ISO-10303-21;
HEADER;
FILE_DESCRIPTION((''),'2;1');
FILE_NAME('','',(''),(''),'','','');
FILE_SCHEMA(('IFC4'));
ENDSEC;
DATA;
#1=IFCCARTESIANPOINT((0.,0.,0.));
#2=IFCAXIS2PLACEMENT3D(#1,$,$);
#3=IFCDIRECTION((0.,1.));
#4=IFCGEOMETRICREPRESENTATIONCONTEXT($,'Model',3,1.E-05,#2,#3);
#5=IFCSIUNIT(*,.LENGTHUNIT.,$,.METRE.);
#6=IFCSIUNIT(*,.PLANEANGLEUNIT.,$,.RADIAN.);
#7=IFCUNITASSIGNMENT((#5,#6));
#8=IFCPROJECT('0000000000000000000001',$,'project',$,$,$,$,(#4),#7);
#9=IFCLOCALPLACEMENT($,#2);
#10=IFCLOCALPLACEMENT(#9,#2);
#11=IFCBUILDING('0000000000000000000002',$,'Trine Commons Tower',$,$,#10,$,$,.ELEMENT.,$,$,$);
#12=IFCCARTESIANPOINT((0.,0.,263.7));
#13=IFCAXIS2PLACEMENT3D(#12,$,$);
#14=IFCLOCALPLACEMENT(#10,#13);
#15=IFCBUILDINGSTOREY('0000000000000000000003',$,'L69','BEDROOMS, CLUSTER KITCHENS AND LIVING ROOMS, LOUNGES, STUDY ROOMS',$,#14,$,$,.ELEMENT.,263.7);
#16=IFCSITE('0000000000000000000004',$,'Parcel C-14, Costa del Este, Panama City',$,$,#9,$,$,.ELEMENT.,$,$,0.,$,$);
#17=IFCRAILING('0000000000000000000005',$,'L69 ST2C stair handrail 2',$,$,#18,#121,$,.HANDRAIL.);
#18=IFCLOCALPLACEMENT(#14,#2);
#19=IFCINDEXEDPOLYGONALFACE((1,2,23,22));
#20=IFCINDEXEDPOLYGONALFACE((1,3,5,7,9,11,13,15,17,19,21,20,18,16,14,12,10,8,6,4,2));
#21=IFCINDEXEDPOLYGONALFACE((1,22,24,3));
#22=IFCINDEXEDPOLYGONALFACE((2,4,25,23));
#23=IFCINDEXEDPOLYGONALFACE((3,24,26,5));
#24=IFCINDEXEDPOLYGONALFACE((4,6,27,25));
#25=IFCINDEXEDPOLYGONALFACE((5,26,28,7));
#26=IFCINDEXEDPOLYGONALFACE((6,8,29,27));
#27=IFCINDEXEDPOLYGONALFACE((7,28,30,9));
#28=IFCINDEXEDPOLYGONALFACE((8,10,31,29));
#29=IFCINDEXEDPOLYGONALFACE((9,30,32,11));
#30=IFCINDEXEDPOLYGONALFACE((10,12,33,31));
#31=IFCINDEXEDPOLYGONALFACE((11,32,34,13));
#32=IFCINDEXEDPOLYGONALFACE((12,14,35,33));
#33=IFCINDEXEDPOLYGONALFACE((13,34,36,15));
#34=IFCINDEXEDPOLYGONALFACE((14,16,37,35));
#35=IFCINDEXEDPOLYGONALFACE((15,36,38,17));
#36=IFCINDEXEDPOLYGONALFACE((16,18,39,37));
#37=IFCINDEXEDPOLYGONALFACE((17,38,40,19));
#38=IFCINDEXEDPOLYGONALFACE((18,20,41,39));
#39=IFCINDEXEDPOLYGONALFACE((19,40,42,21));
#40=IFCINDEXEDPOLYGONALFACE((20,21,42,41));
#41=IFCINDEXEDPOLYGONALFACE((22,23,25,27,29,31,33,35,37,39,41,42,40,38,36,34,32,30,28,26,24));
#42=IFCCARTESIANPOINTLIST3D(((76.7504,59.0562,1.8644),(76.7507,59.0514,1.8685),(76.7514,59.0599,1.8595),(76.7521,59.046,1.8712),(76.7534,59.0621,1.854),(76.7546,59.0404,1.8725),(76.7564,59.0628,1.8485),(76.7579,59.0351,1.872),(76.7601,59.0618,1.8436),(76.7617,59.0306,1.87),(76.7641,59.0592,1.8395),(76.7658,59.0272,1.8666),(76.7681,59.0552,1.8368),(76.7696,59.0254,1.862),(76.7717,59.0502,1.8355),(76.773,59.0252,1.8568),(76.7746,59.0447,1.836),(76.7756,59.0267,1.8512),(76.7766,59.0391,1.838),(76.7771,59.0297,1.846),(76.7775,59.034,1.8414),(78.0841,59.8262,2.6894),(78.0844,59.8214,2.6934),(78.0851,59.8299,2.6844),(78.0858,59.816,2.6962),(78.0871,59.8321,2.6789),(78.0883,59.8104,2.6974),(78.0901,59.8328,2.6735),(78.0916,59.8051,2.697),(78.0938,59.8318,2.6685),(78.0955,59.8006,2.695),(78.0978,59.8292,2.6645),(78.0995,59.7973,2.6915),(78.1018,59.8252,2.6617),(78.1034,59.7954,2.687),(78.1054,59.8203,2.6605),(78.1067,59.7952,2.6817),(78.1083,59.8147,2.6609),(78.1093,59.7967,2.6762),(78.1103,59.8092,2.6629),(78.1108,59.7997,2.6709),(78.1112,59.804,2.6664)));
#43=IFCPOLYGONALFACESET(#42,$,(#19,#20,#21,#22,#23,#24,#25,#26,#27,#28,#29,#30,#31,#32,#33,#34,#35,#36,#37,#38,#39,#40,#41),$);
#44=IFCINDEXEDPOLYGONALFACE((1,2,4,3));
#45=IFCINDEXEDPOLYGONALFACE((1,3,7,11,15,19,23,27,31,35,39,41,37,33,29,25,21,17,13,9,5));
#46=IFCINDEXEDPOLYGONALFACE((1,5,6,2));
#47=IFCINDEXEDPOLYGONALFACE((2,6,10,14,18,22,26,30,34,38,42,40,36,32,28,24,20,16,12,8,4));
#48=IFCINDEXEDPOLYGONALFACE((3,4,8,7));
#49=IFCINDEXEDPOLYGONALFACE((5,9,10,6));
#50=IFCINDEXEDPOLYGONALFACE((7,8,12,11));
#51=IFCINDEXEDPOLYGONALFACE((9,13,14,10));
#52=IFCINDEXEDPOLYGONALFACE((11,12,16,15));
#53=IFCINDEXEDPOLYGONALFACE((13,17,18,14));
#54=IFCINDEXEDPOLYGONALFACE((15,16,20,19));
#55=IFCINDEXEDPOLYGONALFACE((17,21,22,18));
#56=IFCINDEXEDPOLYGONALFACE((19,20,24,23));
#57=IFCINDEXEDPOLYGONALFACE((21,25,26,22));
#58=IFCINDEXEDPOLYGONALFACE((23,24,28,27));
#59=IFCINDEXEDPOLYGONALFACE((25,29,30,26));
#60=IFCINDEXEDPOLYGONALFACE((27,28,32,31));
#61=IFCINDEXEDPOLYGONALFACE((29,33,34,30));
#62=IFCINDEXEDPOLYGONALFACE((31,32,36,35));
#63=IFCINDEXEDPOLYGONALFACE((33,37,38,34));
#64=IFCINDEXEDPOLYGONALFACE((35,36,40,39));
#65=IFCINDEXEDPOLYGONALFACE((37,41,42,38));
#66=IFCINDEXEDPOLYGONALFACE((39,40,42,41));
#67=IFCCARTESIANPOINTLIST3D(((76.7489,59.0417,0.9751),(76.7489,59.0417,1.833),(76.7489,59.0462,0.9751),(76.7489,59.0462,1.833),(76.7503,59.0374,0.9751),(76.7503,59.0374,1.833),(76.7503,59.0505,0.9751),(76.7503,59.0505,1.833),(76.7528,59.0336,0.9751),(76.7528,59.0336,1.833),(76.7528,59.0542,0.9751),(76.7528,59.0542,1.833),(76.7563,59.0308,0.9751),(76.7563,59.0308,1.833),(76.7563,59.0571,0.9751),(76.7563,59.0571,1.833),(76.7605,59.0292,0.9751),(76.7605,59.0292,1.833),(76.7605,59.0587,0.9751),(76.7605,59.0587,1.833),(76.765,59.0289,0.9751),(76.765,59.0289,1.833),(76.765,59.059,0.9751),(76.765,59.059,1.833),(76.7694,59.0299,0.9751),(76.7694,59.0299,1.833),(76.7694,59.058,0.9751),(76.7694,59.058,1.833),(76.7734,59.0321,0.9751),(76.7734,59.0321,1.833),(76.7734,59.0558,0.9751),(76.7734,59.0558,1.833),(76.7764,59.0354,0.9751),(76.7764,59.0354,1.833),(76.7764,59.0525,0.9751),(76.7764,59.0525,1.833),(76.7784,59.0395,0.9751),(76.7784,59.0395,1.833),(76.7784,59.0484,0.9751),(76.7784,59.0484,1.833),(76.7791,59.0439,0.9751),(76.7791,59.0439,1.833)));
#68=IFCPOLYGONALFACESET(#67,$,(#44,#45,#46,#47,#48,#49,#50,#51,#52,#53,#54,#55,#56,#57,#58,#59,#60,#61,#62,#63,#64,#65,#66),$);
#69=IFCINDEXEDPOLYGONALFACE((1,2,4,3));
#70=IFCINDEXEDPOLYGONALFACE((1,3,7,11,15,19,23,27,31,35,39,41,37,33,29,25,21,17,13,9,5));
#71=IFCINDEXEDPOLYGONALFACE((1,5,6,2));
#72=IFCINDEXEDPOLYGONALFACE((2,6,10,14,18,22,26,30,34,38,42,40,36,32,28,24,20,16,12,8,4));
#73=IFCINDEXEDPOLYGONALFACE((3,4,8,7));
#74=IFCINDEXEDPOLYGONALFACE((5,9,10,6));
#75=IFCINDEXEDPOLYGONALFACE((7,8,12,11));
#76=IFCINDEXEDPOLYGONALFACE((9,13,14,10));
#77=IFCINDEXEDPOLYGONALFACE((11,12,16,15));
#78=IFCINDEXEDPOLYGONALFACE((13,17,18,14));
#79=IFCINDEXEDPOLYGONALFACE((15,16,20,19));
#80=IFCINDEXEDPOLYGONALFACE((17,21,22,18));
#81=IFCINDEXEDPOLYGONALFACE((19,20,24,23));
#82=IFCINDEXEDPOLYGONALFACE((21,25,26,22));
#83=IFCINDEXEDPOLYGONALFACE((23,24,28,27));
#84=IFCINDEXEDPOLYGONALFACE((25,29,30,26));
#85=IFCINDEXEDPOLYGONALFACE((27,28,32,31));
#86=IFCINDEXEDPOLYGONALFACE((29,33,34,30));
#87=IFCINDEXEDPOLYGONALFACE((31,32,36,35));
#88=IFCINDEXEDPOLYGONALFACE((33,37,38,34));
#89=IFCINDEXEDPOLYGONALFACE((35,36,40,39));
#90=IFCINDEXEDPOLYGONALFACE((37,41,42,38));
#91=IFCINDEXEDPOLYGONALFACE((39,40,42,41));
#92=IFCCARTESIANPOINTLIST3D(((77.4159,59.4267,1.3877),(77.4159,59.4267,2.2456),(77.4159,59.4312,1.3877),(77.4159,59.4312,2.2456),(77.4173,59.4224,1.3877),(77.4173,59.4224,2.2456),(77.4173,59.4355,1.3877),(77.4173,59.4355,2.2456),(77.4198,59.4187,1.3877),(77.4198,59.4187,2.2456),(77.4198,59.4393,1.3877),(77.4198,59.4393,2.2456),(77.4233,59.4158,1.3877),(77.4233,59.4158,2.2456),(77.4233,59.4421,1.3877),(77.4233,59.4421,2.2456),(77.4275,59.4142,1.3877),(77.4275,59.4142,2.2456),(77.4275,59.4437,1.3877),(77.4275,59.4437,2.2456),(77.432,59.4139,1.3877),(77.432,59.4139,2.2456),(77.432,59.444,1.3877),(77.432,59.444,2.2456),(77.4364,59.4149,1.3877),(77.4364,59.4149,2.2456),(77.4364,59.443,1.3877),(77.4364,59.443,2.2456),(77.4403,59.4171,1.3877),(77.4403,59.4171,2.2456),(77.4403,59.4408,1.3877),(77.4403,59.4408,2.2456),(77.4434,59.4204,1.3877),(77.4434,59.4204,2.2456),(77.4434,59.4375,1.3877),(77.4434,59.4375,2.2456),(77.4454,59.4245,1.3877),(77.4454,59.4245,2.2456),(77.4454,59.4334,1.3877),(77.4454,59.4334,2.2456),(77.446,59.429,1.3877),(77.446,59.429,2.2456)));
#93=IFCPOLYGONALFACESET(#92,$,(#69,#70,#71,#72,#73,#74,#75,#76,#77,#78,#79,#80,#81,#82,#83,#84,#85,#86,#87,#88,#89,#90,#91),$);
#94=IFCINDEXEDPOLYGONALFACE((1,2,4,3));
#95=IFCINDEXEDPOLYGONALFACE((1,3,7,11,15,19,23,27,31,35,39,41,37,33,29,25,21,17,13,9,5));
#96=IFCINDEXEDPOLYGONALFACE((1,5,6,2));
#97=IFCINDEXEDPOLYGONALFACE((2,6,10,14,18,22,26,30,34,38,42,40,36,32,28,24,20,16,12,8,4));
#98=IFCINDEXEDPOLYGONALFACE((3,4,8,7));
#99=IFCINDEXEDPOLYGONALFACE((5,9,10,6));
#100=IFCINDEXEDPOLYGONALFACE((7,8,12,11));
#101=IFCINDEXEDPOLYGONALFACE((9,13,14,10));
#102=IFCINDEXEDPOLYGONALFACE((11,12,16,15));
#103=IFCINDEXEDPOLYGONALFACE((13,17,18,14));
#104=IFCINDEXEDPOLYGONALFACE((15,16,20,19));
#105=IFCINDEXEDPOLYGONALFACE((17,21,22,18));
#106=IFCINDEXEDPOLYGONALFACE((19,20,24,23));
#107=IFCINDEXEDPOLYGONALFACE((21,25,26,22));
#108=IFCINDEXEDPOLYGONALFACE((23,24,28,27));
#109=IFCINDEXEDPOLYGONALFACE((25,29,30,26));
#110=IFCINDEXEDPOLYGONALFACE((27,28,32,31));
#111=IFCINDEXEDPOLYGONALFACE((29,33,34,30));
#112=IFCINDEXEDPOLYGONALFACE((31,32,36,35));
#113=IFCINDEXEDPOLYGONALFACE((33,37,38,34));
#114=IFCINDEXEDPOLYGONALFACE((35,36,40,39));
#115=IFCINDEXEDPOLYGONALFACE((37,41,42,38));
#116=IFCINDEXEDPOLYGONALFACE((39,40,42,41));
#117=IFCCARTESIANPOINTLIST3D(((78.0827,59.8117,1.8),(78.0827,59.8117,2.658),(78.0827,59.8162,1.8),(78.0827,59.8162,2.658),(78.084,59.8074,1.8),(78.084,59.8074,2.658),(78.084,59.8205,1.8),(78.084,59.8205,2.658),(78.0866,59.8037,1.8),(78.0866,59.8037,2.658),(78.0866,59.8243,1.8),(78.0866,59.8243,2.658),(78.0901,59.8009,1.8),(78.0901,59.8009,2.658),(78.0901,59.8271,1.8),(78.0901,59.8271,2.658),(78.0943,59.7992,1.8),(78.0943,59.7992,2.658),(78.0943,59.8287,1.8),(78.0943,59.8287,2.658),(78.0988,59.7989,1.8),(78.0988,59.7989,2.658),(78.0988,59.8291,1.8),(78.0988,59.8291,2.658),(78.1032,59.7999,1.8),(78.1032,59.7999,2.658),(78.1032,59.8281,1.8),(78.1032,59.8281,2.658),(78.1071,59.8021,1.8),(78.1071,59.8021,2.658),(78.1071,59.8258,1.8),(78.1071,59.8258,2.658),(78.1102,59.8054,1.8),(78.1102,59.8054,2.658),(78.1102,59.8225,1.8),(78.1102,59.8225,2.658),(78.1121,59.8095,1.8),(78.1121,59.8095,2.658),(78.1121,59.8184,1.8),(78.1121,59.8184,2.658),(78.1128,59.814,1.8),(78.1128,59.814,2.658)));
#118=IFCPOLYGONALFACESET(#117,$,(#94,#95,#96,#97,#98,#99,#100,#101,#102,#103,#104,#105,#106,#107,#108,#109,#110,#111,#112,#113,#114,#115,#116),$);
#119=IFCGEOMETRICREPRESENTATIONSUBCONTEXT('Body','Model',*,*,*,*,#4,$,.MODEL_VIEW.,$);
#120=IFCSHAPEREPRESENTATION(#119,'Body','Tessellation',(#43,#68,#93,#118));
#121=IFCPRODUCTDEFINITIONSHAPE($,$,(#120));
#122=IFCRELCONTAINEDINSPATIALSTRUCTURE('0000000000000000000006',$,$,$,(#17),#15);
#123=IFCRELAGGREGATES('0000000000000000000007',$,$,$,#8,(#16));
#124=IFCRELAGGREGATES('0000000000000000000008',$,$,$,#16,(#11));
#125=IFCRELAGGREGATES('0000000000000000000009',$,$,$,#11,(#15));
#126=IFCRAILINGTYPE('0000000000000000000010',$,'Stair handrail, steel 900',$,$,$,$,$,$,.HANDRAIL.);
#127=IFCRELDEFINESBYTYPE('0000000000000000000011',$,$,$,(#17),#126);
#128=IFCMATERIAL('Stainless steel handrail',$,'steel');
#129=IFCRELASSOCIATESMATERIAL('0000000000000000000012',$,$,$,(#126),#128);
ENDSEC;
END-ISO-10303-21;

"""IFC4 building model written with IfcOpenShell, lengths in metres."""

from ifc_helpers import new_model, si_unit, direction, frame, origin, origin_2d, place, context, subcontext, project, spatial, circle, extrude, material, type_object, element, save


model = new_model("IFC4")

# Units and contexts
model_context = context("Model", 3, precision=1e-05, world=origin(), true_north=direction((0.0, 1.0)))
body_context = subcontext(model_context, "Body", "Model", "MODEL_VIEW")
ifc_project = project(units=[si_unit("LENGTHUNIT", "METRE"), si_unit("PLANEANGLEUNIT", "RADIAN")], contexts=[model_context])

# Site, building, storey
site_placement = place(None, origin())
site = spatial("IfcSite", under=ifc_project, at=site_placement, Name="Parcel C-14, Costa del Este, Panama City", CompositionType="ELEMENT", RefElevation=0.0)
building_placement = place(site_placement, origin())
building = spatial("IfcBuilding", under=site, at=building_placement, Name="Trine Commons Tower", CompositionType="ELEMENT")
storey_placement = place(building_placement, frame((0.0, 0.0, 263.7)))
storey = spatial("IfcBuildingStorey", under=building, at=storey_placement, Name="L69", Description="BEDROOMS, CLUSTER KITCHENS AND LIVING ROOMS, LOUNGES, STUDY ROOMS", CompositionType="ELEMENT", Elevation=263.7)

# Railing
ifc_material_1 = material(Name="Stainless steel handrail", Category="steel")
railing_type_1 = type_object("IfcRailingType", Name="Stair handrail, steel 900", PredefinedType="HANDRAIL", material=ifc_material_1)
for number, where, name in (
    (1, (76.7639, 59.0439, 0.9751), "L69 ST2C stair handrail 2"),
):
    element("IfcRailing", number, at=place(storey_placement, frame(where)), inside=storey, type_object=railing_type_1, Name=name, PredefinedType="HANDRAIL", context=body_context, shape_type="SweptSolid", body=[
        extrude(circle(Radius=0.021, at=origin_2d()), frame((0.0, 0.0, 0.8789), z_axis=(0.763405, 0.440743, 0.472185), x_axis=(-0.499992, 0.86603, 0.0)), (0.0, 0.0, 1.0), 1.7471),
        extrude(circle(Radius=0.0151, at=origin_2d()), origin(), (0.0, 0.0, 1.0), 0.8579),
        extrude(circle(Radius=0.0151, at=origin_2d()), frame((0.667, 0.385, 0.4126)), (0.0, 0.0, 1.0), 0.8579),
        extrude(circle(Radius=0.0151, at=origin_2d()), frame((1.3337, 0.77, 0.825)), (0.0, 0.0, 1.0), 0.8579),
    ])

save(model, "model.ifc")
